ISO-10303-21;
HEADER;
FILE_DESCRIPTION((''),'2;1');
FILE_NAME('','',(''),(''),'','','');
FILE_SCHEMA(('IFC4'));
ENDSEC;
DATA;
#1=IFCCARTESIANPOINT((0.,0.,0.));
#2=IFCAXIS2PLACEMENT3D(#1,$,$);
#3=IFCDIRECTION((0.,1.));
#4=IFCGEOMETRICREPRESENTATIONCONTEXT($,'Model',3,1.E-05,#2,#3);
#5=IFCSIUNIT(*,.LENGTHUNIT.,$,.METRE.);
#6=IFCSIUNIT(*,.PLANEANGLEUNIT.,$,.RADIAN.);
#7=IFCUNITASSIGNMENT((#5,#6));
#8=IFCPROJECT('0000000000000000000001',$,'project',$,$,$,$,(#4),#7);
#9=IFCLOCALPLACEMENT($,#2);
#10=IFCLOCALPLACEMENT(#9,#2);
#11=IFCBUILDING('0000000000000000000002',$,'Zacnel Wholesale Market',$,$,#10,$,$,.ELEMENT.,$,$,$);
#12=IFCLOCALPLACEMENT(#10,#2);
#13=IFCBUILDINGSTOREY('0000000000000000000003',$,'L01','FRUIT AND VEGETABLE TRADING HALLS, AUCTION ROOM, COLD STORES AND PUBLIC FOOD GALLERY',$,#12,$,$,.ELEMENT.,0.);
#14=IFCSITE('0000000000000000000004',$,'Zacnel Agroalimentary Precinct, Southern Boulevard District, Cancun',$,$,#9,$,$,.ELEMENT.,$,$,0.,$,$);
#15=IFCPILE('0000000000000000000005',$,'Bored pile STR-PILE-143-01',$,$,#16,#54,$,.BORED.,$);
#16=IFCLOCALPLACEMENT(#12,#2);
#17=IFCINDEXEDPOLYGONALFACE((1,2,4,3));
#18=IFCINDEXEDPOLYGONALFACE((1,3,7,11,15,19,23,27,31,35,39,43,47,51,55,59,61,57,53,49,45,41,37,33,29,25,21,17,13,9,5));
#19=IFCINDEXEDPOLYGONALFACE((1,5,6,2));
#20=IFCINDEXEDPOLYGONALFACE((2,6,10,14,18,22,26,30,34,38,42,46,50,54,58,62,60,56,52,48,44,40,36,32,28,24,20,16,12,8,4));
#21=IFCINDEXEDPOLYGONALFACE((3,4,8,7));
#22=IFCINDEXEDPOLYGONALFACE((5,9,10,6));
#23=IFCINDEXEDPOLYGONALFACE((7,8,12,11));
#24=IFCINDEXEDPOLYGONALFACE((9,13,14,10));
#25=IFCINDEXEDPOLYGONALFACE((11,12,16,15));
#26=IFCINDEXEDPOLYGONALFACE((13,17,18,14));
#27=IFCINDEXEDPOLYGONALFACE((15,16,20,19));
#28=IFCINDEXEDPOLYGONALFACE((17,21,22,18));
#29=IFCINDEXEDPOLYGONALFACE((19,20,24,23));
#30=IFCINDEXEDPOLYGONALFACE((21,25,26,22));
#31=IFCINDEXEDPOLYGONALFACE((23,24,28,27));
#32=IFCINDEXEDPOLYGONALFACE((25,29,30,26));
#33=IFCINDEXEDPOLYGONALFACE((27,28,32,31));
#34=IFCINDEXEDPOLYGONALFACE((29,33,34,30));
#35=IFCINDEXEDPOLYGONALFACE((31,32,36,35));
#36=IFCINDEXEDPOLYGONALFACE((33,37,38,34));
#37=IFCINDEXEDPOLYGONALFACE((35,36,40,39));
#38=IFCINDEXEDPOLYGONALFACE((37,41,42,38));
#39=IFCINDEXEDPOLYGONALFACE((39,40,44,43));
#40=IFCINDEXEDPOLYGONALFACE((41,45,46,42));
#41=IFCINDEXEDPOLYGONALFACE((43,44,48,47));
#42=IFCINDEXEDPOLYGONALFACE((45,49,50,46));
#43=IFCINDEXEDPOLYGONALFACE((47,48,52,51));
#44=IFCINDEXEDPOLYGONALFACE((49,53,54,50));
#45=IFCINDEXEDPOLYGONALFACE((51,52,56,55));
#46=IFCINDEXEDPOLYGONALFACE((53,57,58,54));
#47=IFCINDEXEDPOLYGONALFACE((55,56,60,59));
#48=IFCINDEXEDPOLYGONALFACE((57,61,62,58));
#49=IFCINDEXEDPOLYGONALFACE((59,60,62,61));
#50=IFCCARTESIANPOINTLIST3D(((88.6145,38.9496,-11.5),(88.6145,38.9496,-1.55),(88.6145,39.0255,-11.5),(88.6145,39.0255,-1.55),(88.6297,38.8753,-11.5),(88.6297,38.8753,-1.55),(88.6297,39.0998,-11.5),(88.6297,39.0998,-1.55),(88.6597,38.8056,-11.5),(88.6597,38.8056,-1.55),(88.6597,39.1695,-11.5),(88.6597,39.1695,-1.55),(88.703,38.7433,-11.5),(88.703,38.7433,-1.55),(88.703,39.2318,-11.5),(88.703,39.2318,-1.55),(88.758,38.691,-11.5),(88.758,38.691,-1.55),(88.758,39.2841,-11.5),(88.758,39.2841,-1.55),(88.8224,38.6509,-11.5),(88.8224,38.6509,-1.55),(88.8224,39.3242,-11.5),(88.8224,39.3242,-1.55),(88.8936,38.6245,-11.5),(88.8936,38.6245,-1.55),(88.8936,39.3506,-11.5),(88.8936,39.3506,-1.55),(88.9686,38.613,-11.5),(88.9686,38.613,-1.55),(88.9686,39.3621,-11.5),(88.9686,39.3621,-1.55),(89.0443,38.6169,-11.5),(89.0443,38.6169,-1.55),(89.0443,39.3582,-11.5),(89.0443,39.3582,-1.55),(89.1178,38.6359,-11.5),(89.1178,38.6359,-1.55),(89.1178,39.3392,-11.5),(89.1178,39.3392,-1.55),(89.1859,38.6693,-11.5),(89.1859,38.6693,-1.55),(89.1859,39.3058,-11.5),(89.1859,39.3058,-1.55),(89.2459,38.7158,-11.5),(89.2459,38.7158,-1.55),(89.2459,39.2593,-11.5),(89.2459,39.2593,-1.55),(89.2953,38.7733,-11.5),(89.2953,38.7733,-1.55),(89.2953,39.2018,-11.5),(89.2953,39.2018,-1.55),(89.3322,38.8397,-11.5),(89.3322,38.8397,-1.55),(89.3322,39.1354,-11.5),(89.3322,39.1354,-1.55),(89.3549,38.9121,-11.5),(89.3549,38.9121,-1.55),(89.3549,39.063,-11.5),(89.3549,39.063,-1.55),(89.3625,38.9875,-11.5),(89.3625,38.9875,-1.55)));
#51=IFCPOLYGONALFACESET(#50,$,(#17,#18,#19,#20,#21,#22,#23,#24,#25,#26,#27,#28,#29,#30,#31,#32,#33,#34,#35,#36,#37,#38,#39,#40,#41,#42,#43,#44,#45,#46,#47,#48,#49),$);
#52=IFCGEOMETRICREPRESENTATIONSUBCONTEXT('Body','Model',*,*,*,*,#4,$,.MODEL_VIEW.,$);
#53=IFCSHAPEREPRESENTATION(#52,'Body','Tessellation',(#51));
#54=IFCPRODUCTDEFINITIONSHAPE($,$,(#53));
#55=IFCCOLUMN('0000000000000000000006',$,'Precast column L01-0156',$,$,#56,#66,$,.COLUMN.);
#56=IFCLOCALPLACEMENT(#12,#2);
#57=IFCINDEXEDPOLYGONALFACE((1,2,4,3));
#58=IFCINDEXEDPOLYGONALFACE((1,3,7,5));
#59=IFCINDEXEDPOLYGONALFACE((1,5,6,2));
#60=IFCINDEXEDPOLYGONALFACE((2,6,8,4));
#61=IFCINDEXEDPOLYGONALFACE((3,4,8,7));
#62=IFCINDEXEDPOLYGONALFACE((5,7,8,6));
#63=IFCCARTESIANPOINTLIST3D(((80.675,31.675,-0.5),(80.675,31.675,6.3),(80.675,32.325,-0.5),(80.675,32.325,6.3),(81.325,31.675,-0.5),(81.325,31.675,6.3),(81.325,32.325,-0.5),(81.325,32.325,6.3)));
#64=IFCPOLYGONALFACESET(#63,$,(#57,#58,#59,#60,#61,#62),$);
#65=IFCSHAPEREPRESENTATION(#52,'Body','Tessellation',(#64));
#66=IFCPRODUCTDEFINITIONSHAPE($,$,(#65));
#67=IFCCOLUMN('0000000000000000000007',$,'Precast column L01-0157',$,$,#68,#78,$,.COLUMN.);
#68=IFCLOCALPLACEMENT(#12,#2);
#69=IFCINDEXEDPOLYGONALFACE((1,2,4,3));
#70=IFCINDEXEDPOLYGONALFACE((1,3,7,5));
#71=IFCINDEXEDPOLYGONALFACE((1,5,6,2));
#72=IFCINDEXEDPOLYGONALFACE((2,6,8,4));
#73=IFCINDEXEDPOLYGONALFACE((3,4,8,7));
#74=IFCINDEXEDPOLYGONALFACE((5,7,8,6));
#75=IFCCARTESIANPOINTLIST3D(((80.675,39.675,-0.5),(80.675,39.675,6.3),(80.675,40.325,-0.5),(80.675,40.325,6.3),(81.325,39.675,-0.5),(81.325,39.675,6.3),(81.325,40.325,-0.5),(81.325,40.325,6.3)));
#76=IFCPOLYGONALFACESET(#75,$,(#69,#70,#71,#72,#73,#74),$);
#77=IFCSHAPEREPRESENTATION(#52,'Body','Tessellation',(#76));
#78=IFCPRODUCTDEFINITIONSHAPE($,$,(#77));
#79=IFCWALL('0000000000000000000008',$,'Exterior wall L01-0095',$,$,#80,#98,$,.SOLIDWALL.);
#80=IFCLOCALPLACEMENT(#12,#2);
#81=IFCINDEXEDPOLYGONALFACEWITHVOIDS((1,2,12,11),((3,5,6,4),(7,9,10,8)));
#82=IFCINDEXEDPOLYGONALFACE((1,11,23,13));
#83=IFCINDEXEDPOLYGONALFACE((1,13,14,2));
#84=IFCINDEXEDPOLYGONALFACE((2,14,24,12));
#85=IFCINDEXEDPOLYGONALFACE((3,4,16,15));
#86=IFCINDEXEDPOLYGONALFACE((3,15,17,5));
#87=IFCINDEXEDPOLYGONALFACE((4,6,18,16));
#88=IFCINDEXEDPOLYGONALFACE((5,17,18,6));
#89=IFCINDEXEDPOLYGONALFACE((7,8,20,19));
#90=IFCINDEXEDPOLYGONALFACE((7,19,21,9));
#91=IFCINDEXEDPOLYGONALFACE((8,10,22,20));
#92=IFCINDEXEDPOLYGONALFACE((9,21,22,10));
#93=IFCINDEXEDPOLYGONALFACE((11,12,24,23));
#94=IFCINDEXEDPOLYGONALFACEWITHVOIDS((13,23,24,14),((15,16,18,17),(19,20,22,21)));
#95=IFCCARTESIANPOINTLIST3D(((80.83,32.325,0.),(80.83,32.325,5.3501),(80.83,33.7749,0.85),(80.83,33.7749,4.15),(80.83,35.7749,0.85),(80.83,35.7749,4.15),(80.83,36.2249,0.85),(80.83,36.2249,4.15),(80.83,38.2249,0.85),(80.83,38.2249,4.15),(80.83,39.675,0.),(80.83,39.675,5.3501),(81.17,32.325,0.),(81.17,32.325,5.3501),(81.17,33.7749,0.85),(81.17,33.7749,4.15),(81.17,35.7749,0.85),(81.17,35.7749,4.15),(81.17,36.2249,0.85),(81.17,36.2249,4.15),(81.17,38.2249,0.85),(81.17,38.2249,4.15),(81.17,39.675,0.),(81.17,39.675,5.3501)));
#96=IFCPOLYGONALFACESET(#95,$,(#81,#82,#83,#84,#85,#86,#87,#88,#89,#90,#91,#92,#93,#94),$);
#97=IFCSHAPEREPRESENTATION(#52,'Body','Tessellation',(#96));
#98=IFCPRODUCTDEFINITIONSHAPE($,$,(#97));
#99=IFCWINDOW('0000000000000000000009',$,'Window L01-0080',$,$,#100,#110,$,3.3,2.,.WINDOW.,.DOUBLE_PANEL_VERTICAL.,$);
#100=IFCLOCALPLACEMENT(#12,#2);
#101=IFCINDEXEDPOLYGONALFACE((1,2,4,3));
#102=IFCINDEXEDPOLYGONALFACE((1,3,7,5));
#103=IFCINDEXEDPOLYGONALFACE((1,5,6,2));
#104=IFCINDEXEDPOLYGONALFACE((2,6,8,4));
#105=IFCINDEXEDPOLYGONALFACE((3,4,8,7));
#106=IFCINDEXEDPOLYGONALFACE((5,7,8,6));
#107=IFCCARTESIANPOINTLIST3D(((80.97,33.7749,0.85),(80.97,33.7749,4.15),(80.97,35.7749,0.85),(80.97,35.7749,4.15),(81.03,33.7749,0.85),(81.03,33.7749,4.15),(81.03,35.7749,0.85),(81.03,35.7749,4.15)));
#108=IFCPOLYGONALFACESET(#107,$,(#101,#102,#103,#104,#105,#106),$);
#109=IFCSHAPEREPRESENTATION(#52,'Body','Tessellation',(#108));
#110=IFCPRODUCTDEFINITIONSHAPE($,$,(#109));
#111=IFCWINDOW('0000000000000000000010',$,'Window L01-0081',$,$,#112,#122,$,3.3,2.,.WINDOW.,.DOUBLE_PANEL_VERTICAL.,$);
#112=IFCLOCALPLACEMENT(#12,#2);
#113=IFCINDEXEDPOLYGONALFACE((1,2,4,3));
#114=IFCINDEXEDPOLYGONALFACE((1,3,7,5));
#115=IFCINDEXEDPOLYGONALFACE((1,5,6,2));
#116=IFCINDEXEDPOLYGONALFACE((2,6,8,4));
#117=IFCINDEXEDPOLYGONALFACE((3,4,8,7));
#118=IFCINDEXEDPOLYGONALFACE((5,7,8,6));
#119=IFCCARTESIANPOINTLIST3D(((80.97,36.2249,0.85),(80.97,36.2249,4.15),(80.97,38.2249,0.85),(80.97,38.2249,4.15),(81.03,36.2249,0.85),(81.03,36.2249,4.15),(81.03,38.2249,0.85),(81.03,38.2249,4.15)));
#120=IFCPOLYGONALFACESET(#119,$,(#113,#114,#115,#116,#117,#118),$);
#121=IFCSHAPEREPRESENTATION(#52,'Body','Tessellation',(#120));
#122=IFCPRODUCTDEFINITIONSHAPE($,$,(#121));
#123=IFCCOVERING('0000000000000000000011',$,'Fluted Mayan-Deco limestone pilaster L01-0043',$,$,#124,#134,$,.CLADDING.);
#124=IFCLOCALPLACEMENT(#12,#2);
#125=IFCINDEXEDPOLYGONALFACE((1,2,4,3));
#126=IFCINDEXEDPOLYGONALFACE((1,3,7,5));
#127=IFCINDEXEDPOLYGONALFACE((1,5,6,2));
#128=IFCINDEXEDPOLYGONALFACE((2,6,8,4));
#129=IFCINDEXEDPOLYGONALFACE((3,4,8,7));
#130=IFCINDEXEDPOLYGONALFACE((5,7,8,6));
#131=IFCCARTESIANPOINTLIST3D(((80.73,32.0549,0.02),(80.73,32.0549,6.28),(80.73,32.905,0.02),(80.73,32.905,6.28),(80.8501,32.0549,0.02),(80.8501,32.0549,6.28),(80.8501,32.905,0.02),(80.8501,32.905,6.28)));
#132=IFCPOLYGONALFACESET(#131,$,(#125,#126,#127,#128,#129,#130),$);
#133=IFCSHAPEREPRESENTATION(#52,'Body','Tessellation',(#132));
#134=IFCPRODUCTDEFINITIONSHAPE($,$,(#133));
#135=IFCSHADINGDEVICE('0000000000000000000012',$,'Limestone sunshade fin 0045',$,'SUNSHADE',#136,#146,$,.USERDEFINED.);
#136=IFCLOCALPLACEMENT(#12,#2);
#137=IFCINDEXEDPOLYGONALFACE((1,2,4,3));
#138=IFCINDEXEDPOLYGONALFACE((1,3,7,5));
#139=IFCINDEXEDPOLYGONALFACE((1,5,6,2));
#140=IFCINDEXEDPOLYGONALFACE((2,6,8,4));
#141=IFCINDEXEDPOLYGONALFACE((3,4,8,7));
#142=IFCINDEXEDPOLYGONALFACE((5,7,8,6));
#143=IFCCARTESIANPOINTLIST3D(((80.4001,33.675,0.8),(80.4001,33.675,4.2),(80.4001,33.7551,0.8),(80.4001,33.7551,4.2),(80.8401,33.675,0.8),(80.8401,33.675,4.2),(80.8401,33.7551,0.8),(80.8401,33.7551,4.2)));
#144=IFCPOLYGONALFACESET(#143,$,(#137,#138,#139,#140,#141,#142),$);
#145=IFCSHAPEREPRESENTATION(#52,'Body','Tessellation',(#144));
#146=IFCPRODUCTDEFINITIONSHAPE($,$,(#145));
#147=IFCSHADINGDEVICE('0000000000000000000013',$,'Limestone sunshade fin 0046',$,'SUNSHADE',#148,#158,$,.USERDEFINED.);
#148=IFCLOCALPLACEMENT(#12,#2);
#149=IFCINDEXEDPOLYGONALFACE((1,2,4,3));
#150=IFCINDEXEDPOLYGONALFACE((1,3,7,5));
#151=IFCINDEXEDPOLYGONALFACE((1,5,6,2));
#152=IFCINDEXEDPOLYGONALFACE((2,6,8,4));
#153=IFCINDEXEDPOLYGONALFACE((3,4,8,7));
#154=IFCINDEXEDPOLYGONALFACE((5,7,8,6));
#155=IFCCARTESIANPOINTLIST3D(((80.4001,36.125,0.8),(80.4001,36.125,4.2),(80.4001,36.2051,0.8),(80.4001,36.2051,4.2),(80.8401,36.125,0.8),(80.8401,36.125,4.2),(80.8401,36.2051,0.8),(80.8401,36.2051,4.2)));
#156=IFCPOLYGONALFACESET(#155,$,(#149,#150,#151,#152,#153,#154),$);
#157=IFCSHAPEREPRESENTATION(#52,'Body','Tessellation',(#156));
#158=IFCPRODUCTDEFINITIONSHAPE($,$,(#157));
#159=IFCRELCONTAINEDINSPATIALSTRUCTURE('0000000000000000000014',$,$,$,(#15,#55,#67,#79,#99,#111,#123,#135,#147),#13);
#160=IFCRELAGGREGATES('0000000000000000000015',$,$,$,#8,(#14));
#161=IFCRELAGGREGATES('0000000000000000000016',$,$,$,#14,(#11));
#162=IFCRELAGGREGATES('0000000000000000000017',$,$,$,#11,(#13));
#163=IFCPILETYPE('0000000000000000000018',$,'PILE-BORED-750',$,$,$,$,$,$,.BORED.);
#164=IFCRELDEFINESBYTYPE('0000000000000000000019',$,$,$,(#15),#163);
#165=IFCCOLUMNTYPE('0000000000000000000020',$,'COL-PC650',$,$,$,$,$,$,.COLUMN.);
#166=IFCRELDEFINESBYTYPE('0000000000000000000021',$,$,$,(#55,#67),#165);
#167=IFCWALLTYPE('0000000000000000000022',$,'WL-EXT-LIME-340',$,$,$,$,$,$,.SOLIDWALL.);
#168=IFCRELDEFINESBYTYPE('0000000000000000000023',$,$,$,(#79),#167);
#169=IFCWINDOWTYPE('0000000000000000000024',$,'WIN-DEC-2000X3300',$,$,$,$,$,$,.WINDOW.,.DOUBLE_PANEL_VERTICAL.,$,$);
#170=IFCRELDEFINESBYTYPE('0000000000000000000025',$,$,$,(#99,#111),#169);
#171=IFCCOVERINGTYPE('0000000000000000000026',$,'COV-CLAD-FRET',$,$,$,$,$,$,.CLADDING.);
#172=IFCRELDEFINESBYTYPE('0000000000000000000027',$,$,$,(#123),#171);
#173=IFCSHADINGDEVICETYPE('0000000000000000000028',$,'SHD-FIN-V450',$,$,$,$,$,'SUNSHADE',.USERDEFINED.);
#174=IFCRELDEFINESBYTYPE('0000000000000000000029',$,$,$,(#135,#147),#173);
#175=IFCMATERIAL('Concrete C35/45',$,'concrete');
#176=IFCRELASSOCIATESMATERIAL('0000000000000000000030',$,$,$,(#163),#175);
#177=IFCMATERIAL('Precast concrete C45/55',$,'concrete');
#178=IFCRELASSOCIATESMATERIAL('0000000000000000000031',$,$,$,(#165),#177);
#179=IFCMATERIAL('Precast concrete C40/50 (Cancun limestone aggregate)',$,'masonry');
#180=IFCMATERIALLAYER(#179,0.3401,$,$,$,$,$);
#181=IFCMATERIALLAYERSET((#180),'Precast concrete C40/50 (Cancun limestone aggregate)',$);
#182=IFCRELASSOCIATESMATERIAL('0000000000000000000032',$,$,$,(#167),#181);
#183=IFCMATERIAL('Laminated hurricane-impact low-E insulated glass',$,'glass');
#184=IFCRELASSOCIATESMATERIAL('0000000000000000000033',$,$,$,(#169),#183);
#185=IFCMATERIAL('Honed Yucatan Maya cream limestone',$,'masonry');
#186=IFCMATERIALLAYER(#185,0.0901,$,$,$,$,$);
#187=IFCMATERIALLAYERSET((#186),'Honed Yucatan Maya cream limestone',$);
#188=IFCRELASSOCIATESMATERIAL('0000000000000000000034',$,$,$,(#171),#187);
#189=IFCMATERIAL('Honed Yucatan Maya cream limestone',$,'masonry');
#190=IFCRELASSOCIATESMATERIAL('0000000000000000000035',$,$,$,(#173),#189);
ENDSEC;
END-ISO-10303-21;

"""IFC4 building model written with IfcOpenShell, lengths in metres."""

from ifc_helpers import new_model, si_unit, direction, frame, frame_2d, origin, origin_2d, place, context, subcontext, project, spatial, rectangle, circle, extrude, material, layer, layer_set, material_profile, profile_set, type_object, element, fill, save


model = new_model("IFC4")

# Units and contexts
model_context = context("Model", 3, precision=1e-05, world=origin(), true_north=direction((0.0, 1.0)))
body_context = subcontext(model_context, "Body", "Model", "MODEL_VIEW")
ifc_project = project(units=[si_unit("LENGTHUNIT", "METRE"), si_unit("PLANEANGLEUNIT", "RADIAN")], contexts=[model_context])

# Site, building, storey
site_placement = place(None, origin())
site = spatial("IfcSite", under=ifc_project, at=site_placement, Name="Zacnel Agroalimentary Precinct, Southern Boulevard District, Cancun", CompositionType="ELEMENT", RefElevation=0.0)
building_placement = place(site_placement, origin())
building = spatial("IfcBuilding", under=site, at=building_placement, Name="Zacnel Wholesale Market", CompositionType="ELEMENT")
storey_placement = place(building_placement, origin())
storey = spatial("IfcBuildingStorey", under=building, at=storey_placement, Name="L01", Description="FRUIT AND VEGETABLE TRADING HALLS, AUCTION ROOM, COLD STORES AND PUBLIC FOOD GALLERY", CompositionType="ELEMENT", Elevation=0.0)

# Pile
ifc_material_1 = material(Name="Concrete C35/45", Category="concrete")
ifc_material_profile_1 = material_profile(ifc_material_1, circle(Radius=0.375, at=origin_2d()), Name="BORED PILE D750")
ifc_profile_set_1 = profile_set([ifc_material_profile_1], Name="Concrete C35/45")
pile_type = type_object("IfcPileType", Name="PILE-BORED-750", PredefinedType="BORED", material=ifc_profile_set_1)
pile_1_placement = place(storey_placement, frame((88.9875, 38.9875, -1.55), z_axis=(0.0, 0.0, -1.0), x_axis=(1.0, 0.0, 0.0)))
element("IfcPile", 1, at=pile_1_placement, inside=storey, type_object=pile_type, Name="Bored pile STR-PILE-143-01", PredefinedType="BORED", context=body_context, shape_type="SweptSolid", body=[
    extrude(circle(Radius=0.375, at=origin_2d()), origin(), (0.0, 0.0, 1.0), 9.95),
])

# Columns
ifc_material_2 = material(Name="Precast concrete C45/55", Category="concrete")
ifc_material_profile_2 = material_profile(ifc_material_2, rectangle(XDim=0.6499, YDim=0.6499, at=origin_2d()), Name="PC 650x650")
ifc_profile_set_2 = profile_set([ifc_material_profile_2], Name="Precast concrete C45/55")
column_type = type_object("IfcColumnType", Name="COL-PC650", PredefinedType="COLUMN", material=ifc_profile_set_2)
for number, where, z_axis, x_axis, name in (
    (2, (81.0, 32.0, -0.5), (0.0, 0.0, 1.0), (1.0, 0.0, 0.0), "Precast column L01-0156"),
    (3, (81.0, 40.0, -0.5), (0.0, 0.0, 1.0), (1.0, 0.0, 0.0), "Precast column L01-0157"),
):
    element("IfcColumn", number, at=place(storey_placement, frame(where, z_axis=z_axis, x_axis=x_axis)), inside=storey, type_object=column_type, Name=name, PredefinedType="COLUMN", context=body_context, shape_type="SweptSolid", body=[
        extrude(rectangle(XDim=0.6499, YDim=0.6499, at=origin_2d()), origin(), (0.0, 0.0, 1.0), 6.8),
    ])

# Wall, openings, windows
ifc_material_3 = material(Name="Precast concrete C40/50 (Cancun limestone aggregate)", Category="masonry")
ifc_layer_1 = layer(ifc_material_3, 0.3401)
ifc_layer_set_1 = layer_set([ifc_layer_1], Name="Precast concrete C40/50 (Cancun limestone aggregate)")
wall_type = type_object("IfcWallType", Name="WL-EXT-LIME-340", PredefinedType="SOLIDWALL", material=ifc_layer_set_1)
wall_placement = place(storey_placement, frame((81.0, 32.325, 0.0), z_axis=(0.0, 0.0, 1.0), x_axis=(0.0, 1.0, 0.0)))
wall = element("IfcWall", 4, at=wall_placement, inside=storey, type_object=wall_type, Name="Exterior wall L01-0095", PredefinedType="SOLIDWALL", context=body_context, shape_type="SweptSolid", body=[
    extrude(rectangle(XDim=7.3501, YDim=0.3401, at=frame_2d((3.675, 0.0))), origin(), (0.0, 0.0, 1.0), 5.3501),
])
opening_1_placement = place(wall_placement, frame((1.45, 0.0, 0.8501)))
opening_1 = element("IfcOpeningElement", 5, at=opening_1_placement, cuts=wall, PredefinedType="OPENING", context=body_context, shape_type="SweptSolid", body=[
    extrude(rectangle(XDim=2.0, YDim=3.3, at=frame_2d((1.0, 1.6499))), frame((0.0, 0.1799, 0.0), z_axis=(0.0, -1.0, 0.0), x_axis=(1.0, 0.0, 0.0)), (0.0, 0.0, 1.0), 0.3601),
])
opening_2_placement = place(wall_placement, frame((3.8999, 0.0, 0.8501)))
opening_2 = element("IfcOpeningElement", 6, at=opening_2_placement, cuts=wall, PredefinedType="OPENING", context=body_context, shape_type="SweptSolid", body=[
    extrude(rectangle(XDim=2.0, YDim=3.3, at=frame_2d((1.0, 1.6499))), frame((0.0, 0.1799, 0.0), z_axis=(0.0, -1.0, 0.0), x_axis=(1.0, 0.0, 0.0)), (0.0, 0.0, 1.0), 0.3601),
])
ifc_material_4 = material(Name="Laminated hurricane-impact low-E insulated glass", Category="glass")
window_type = type_object("IfcWindowType", Name="WIN-DEC-2000X3300", PartitioningType="DOUBLE_PANEL_VERTICAL", PredefinedType="WINDOW", material=ifc_material_4)
window_1_placement = place(opening_1_placement, origin())
window_1 = element("IfcWindow", 7, at=window_1_placement, inside=storey, type_object=window_type, Name="Window L01-0080", OverallHeight=3.3, OverallWidth=2.0, PartitioningType="DOUBLE_PANEL_VERTICAL", PredefinedType="WINDOW", context=body_context, shape_type="SweptSolid", body=[
    extrude(rectangle(XDim=2.0, YDim=3.3, at=frame_2d((1.0, 1.6499))), frame((0.0, 0.03, 0.0), z_axis=(0.0, -1.0, 0.0), x_axis=(1.0, 0.0, 0.0)), (0.0, 0.0, 1.0), 0.0601),
])
fill(opening_1, window_1)
window_2_placement = place(opening_2_placement, origin())
window_2 = element("IfcWindow", 8, at=window_2_placement, inside=storey, type_object=window_type, Name="Window L01-0081", OverallHeight=3.3, OverallWidth=2.0, PartitioningType="DOUBLE_PANEL_VERTICAL", PredefinedType="WINDOW", context=body_context, shape_type="SweptSolid", body=[
    extrude(rectangle(XDim=2.0, YDim=3.3, at=frame_2d((1.0, 1.6499))), frame((0.0, 0.03, 0.0), z_axis=(0.0, -1.0, 0.0), x_axis=(1.0, 0.0, 0.0)), (0.0, 0.0, 1.0), 0.0601),
])
fill(opening_2, window_2)

# Covering
ifc_material_5 = material(Name="Honed Yucatan Maya cream limestone", Category="masonry")
ifc_layer_2 = layer(ifc_material_5, 0.0901)
ifc_layer_set_2 = layer_set([ifc_layer_2], Name="Honed Yucatan Maya cream limestone")
covering_type = type_object("IfcCoveringType", Name="COV-CLAD-FRET", PredefinedType="CLADDING", material=ifc_layer_set_2)
covering_placement = place(storey_placement, frame((80.79, 32.48, 0.02), z_axis=(0.0, 0.0, 1.0), x_axis=(0.0, 1.0, 0.0)))
element("IfcCovering", 9, at=covering_placement, inside=storey, type_object=covering_type, Name="Fluted Mayan-Deco limestone pilaster L01-0043", PredefinedType="CLADDING", context=body_context, shape_type="SweptSolid", body=[
    extrude(rectangle(XDim=0.8501, YDim=0.1201, at=origin_2d()), origin(), (0.0, 0.0, 1.0), 6.26),
])

# Shading devices
ifc_material_6 = material(Name="Honed Yucatan Maya cream limestone", Category="masonry")
shading_device_type = type_object("IfcShadingDeviceType", Name="SHD-FIN-V450", ElementType="SUNSHADE", PredefinedType="USERDEFINED", material=ifc_material_6)
for number, where, z_axis, x_axis, name in (
    (10, (80.6201, 33.7151, 0.8), (0.0, 0.0, 1.0), (0.0, 1.0, 0.0), "Limestone sunshade fin 0045"),
    (11, (80.6201, 36.165, 0.8), (0.0, 0.0, 1.0), (0.0, 1.0, 0.0), "Limestone sunshade fin 0046"),
):
    element("IfcShadingDevice", number, at=place(storey_placement, frame(where, z_axis=z_axis, x_axis=x_axis)), inside=storey, type_object=shading_device_type, Name=name, ObjectType="SUNSHADE", PredefinedType="USERDEFINED", context=body_context, shape_type="SweptSolid", body=[
        extrude(rectangle(XDim=0.0801, YDim=0.4399, at=origin_2d()), origin(), (0.0, 0.0, 1.0), 3.3999),
    ])

save(model, "model.ifc")
